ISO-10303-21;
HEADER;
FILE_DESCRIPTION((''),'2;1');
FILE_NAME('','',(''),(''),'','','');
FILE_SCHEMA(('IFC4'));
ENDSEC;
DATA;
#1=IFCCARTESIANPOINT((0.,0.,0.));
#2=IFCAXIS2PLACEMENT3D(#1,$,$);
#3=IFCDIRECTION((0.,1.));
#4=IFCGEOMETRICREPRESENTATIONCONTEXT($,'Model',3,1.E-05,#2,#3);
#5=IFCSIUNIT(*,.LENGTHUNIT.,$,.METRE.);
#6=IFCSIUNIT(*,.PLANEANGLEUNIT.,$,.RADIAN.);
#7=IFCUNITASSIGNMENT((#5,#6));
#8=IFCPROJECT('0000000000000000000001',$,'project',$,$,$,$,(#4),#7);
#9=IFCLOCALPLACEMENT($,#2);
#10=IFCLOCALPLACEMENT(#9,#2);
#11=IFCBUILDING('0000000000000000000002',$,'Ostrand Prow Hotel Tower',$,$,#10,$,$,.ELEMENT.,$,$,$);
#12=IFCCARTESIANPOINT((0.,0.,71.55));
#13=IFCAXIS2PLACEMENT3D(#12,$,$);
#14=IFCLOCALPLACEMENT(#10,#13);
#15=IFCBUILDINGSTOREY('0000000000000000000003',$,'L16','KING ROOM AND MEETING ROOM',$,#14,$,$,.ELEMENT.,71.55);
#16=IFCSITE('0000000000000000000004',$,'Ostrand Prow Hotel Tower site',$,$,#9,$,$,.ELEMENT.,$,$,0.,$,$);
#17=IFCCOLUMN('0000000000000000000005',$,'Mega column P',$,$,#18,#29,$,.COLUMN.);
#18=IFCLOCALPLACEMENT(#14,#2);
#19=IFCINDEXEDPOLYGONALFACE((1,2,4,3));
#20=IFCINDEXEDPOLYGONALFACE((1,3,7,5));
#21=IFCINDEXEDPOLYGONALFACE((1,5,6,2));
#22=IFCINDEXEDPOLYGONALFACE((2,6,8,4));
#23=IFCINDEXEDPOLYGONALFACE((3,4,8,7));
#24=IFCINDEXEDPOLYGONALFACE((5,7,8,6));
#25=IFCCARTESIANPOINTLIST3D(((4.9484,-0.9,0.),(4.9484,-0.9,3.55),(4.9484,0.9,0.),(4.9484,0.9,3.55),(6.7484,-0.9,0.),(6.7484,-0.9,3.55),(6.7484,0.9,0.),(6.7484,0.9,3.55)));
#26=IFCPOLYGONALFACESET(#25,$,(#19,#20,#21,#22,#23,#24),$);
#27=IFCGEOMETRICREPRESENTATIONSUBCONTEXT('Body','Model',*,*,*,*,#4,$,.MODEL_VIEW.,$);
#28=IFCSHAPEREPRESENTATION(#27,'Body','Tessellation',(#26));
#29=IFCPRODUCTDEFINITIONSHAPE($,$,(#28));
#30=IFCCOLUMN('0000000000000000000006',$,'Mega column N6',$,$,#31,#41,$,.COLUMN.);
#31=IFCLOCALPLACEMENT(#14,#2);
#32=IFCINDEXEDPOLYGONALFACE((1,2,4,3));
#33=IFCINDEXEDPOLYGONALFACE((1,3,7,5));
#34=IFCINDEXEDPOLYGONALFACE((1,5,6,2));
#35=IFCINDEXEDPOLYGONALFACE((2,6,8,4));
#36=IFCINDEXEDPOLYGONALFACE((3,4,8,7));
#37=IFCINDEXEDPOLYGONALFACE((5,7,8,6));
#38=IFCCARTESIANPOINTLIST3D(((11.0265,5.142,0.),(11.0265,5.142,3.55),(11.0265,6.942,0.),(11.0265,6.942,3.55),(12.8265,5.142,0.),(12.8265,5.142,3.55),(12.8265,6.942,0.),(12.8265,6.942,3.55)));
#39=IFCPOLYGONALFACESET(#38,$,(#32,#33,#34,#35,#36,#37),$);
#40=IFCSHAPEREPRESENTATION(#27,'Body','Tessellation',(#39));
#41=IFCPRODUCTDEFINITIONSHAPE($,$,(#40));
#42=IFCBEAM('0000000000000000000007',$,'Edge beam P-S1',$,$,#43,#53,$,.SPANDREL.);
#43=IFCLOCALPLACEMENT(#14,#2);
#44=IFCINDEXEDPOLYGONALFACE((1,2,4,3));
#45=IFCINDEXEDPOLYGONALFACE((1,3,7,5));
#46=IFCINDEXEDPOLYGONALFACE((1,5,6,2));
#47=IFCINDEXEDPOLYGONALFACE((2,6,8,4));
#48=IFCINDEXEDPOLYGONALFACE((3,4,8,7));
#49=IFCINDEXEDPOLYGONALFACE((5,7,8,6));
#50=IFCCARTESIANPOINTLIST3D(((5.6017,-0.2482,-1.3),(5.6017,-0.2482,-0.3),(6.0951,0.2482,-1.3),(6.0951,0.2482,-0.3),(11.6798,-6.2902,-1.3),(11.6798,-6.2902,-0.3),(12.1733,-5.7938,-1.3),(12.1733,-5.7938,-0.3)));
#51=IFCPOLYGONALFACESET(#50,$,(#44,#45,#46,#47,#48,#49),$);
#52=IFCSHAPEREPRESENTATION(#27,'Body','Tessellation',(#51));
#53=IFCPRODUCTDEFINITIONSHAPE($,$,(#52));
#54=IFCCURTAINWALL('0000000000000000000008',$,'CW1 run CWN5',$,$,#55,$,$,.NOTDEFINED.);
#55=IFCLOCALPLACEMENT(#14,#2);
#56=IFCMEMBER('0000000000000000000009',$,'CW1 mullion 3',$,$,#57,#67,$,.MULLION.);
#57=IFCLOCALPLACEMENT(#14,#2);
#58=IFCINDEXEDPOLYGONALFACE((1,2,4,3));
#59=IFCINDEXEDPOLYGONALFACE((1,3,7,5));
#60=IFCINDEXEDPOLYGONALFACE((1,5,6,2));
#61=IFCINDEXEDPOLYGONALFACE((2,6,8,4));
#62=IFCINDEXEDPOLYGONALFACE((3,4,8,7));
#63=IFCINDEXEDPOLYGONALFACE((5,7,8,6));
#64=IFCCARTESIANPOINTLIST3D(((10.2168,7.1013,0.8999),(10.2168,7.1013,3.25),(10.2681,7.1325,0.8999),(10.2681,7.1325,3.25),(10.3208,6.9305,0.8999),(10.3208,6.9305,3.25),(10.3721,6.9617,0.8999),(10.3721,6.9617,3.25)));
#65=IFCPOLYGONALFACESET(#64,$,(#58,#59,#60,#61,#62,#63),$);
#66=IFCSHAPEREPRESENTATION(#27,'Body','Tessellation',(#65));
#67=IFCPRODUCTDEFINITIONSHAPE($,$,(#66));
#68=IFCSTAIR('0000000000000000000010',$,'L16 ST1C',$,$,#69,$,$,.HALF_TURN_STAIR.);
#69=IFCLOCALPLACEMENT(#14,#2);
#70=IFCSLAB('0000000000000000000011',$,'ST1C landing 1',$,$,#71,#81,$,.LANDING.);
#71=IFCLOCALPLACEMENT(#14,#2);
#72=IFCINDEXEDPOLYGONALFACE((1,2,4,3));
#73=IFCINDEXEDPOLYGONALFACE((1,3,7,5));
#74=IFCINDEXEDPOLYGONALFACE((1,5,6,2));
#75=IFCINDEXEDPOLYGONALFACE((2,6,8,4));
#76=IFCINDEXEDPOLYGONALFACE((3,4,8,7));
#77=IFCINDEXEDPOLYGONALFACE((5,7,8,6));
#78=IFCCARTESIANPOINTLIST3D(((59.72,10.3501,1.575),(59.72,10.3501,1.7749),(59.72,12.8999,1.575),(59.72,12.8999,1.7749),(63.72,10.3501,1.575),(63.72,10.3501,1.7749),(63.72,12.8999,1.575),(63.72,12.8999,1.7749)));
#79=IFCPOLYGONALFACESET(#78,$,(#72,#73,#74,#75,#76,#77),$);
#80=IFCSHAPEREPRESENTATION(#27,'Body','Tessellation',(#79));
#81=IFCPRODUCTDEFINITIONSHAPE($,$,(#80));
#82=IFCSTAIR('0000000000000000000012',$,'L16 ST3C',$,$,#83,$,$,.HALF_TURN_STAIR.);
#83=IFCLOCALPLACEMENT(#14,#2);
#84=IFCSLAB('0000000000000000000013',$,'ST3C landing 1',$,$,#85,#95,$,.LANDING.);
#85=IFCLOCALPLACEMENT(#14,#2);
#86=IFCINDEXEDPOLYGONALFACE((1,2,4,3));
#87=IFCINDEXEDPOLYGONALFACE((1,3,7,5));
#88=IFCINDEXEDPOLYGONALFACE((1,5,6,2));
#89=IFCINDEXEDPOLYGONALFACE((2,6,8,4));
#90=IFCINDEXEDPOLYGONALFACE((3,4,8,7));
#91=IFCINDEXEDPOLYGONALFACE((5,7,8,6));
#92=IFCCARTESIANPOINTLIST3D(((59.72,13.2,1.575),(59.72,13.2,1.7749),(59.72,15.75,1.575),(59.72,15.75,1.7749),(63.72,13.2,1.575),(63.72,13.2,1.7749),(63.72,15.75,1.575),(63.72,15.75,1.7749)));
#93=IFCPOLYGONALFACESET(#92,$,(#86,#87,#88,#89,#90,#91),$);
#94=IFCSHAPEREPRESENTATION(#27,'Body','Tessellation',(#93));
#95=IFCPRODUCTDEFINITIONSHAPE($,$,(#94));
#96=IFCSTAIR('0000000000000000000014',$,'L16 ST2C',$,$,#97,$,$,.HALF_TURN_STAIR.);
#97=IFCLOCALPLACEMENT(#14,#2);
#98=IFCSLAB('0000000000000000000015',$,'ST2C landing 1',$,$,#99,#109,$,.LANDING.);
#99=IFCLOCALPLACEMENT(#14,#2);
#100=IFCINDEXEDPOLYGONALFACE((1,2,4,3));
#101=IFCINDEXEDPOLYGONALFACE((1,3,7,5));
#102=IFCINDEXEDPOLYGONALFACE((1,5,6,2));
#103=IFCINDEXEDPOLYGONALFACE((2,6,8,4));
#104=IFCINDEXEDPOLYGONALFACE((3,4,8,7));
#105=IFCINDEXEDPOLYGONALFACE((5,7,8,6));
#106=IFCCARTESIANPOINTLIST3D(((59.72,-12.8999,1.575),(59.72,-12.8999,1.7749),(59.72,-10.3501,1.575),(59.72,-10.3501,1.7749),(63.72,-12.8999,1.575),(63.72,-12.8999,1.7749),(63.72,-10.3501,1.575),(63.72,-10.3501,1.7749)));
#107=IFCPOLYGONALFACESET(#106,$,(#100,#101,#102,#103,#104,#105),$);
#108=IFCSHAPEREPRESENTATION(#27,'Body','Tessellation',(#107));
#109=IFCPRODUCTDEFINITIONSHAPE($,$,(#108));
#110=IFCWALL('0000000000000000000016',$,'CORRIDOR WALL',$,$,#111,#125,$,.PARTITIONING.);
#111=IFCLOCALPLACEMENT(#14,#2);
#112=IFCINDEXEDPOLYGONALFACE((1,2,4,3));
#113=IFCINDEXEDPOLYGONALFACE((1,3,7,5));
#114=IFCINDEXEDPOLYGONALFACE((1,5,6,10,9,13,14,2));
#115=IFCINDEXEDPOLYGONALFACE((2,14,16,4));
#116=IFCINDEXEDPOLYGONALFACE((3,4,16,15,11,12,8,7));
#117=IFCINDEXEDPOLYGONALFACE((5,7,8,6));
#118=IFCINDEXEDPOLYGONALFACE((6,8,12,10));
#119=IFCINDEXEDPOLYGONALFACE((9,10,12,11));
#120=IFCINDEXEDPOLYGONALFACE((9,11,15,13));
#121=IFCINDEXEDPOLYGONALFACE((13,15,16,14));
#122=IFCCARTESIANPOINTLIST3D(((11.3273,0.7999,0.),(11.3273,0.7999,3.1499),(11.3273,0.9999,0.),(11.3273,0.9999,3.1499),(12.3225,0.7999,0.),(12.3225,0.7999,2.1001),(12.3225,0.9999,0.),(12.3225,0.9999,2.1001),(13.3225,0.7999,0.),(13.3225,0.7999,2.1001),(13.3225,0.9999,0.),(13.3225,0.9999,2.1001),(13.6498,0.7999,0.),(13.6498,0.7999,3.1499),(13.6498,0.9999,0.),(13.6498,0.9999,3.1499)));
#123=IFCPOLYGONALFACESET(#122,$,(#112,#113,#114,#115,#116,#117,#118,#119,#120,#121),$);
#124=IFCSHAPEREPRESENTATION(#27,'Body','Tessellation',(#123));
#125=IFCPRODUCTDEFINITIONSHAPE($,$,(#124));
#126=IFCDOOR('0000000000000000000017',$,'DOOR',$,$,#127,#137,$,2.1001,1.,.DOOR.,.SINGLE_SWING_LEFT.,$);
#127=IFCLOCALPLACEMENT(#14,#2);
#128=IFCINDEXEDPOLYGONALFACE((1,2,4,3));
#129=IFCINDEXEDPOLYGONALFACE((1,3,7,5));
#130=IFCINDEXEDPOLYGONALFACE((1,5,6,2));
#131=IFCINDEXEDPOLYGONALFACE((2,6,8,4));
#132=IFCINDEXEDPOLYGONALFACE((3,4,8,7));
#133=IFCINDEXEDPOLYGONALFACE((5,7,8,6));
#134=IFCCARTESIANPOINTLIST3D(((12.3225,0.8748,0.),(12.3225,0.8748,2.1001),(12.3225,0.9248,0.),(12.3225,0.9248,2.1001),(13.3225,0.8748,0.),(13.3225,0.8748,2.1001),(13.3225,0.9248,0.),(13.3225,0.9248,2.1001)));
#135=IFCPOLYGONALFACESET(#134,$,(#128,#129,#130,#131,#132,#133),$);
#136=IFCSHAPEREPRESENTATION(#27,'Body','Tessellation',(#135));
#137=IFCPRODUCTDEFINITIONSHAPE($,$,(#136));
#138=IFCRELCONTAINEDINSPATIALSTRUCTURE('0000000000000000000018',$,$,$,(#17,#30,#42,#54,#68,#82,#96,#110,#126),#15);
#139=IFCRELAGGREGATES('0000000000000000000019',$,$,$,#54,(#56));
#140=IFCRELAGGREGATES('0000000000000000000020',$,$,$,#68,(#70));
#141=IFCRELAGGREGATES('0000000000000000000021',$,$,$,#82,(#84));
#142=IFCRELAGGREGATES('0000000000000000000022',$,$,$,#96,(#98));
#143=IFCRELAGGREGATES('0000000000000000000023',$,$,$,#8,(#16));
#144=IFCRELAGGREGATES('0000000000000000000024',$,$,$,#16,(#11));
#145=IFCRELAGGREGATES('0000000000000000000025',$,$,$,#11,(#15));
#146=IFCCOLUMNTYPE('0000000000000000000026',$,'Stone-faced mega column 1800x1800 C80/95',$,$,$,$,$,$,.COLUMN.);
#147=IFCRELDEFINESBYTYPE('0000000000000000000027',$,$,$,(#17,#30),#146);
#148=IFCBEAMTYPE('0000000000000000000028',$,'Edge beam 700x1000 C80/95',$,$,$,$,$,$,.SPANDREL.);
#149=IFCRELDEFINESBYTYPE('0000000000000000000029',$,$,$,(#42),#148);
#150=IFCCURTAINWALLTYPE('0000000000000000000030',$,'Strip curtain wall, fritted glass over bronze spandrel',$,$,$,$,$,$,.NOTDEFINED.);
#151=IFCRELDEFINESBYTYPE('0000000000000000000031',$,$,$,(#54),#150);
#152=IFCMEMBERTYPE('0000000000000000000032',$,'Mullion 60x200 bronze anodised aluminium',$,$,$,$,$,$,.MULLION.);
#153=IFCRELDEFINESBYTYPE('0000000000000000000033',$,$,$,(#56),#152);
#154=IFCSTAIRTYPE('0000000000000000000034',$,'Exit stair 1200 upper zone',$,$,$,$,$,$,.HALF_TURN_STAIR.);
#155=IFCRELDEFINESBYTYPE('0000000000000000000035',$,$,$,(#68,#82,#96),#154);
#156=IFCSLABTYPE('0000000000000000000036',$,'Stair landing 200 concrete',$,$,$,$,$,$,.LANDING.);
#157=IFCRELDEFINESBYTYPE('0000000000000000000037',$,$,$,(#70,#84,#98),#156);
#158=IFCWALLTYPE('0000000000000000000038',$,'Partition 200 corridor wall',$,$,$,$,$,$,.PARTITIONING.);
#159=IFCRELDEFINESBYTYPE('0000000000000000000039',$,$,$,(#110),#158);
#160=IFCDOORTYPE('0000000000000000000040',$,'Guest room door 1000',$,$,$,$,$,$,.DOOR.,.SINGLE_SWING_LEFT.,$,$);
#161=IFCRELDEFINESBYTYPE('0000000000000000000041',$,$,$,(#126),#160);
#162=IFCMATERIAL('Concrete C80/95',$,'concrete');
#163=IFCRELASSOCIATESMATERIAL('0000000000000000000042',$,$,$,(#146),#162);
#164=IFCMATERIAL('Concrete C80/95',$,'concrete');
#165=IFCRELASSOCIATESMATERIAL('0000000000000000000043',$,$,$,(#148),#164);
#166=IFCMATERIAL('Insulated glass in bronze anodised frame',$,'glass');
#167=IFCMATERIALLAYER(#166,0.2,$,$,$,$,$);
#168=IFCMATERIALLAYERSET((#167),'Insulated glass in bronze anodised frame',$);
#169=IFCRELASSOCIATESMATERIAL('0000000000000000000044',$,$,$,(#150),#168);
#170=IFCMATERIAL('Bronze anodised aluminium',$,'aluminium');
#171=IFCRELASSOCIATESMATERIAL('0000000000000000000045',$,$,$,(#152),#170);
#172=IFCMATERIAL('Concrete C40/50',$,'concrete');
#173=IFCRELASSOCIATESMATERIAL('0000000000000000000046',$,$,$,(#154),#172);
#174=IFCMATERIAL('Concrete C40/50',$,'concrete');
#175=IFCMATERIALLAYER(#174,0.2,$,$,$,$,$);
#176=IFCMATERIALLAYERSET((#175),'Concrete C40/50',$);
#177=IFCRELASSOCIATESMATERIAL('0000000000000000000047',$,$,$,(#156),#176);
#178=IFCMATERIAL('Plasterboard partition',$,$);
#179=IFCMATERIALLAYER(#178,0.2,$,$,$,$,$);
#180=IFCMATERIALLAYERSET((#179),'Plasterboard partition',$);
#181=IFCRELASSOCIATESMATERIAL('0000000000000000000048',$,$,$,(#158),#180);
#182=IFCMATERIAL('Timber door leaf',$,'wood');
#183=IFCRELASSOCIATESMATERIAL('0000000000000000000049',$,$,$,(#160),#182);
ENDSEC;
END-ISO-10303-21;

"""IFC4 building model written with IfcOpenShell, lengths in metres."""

from ifc_helpers import new_model, si_unit, direction, frame, frame_2d, origin, origin_2d, place, context, subcontext, project, spatial, polyline, rectangle, outline, extrude, material, layer, layer_set, material_profile, profile_set, type_object, element, fill, aggregate, save


model = new_model("IFC4")

# Units and contexts
model_context = context("Model", 3, precision=1e-05, world=origin(), true_north=direction((0.0, 1.0)))
body_context = subcontext(model_context, "Body", "Model", "MODEL_VIEW")
ifc_project = project(units=[si_unit("LENGTHUNIT", "METRE"), si_unit("PLANEANGLEUNIT", "RADIAN")], contexts=[model_context])

# Site, building, storey
site_placement = place(None, origin())
site = spatial("IfcSite", under=ifc_project, at=site_placement, Name="Ostrand Prow Hotel Tower site", CompositionType="ELEMENT", RefElevation=0.0)
building_placement = place(site_placement, origin())
building = spatial("IfcBuilding", under=site, at=building_placement, Name="Ostrand Prow Hotel Tower", CompositionType="ELEMENT")
storey_placement = place(building_placement, frame((0.0, 0.0, 71.55)))
storey = spatial("IfcBuildingStorey", under=building, at=storey_placement, Name="L16", Description="KING ROOM AND MEETING ROOM", CompositionType="ELEMENT", Elevation=71.55)

# Columns
ifc_material_1 = material(Name="Concrete C80/95", Category="concrete")
ifc_material_profile_1 = material_profile(ifc_material_1, rectangle(XDim=1.8, YDim=1.8, at=origin_2d()), Name="RC 1800x1800")
ifc_profile_set_1 = profile_set([ifc_material_profile_1], Name="Concrete C80/95")
column_type = type_object("IfcColumnType", Name="Stone-faced mega column 1800x1800 C80/95", PredefinedType="COLUMN", material=ifc_profile_set_1)
for number, where, z_axis, x_axis, name in (
    (1, (5.8484, 0.0, 0.0), (0.0, 0.0, 1.0), (1.0, 0.0, 0.0), "Mega column P"),
    (2, (11.9265, 6.042, 0.0), (0.0, 0.0, 1.0), (1.0, 0.0, 0.0), "Mega column N6"),
):
    element("IfcColumn", number, at=place(storey_placement, frame(where, z_axis=z_axis, x_axis=x_axis)), inside=storey, type_object=column_type, Name=name, PredefinedType="COLUMN", context=body_context, shape_type="SweptSolid", body=[
        extrude(rectangle(XDim=1.8, YDim=1.8, at=origin_2d()), origin(), (0.0, 0.0, 1.0), 3.55),
    ])

# Beam
ifc_material_2 = material(Name="Concrete C80/95", Category="concrete")
ifc_material_profile_2 = material_profile(ifc_material_2, rectangle(XDim=0.7, YDim=1.0, at=origin_2d()), Name="RC 700x1000")
ifc_profile_set_2 = profile_set([ifc_material_profile_2], Name="Concrete C80/95")
beam_type = type_object("IfcBeamType", Name="Edge beam 700x1000 C80/95", PredefinedType="SPANDREL", material=ifc_profile_set_2)
beam_placement = place(storey_placement, frame((5.8484, 0.0, -0.8), z_axis=(0.709212, -0.704996, 0.0), x_axis=(0.704996, 0.709212, 0.0)))
element("IfcBeam", 3, at=beam_placement, inside=storey, type_object=beam_type, Name="Edge beam P-S1", PredefinedType="SPANDREL", context=body_context, shape_type="SweptSolid", body=[
    extrude(rectangle(XDim=0.7, YDim=1.0, at=origin_2d()), origin(), (0.0, 0.0, 1.0), 8.5703),
])

# Curtain wall, member
ifc_material_3 = material(Name="Insulated glass in bronze anodised frame", Category="glass")
ifc_layer_1 = layer(ifc_material_3, 0.2)
ifc_layer_set_1 = layer_set([ifc_layer_1], Name="Insulated glass in bronze anodised frame")
curtain_wall_type = type_object("IfcCurtainWallType", Name="Strip curtain wall, fritted glass over bronze spandrel", PredefinedType="NOTDEFINED", material=ifc_layer_set_1)
curtain_wall_placement = place(storey_placement, origin())
curtain_wall = element("IfcCurtainWall", 4, at=curtain_wall_placement, inside=storey, type_object=curtain_wall_type, Name="CW1 run CWN5", PredefinedType="NOTDEFINED")
ifc_material_4 = material(Name="Bronze anodised aluminium", Category="aluminium")
ifc_material_profile_3 = material_profile(ifc_material_4, rectangle(XDim=0.2, YDim=0.0601, at=origin_2d()), Name="Mullion 60x200 bronze anodised aluminium")
ifc_profile_set_3 = profile_set([ifc_material_profile_3], Name="Bronze anodised aluminium")
member_type = type_object("IfcMemberType", Name="Mullion 60x200 bronze anodised aluminium", PredefinedType="MULLION", material=ifc_profile_set_3)
member_placement = place(storey_placement, frame((10.2944, 7.0315, 0.8999), z_axis=(0.0, 0.0, 1.0), x_axis=(0.519831, -0.854269, 0.0)))
member = element("IfcMember", 5, at=member_placement, type_object=member_type, Name="CW1 mullion 3", PredefinedType="MULLION", context=body_context, shape_type="SweptSolid", body=[
    extrude(rectangle(XDim=0.2, YDim=0.0601, at=origin_2d()), origin(), (0.0, 0.0, 1.0), 2.3501),
])
aggregate(curtain_wall, [member])

# Stairs, slabs
ifc_material_5 = material(Name="Concrete C40/50", Category="concrete")
stair_type = type_object("IfcStairType", Name="Exit stair 1200 upper zone", PredefinedType="HALF_TURN_STAIR", material=ifc_material_5)
stair_1_placement = place(storey_placement, origin())
stair_1 = element("IfcStair", 6, at=stair_1_placement, inside=storey, type_object=stair_type, Name="L16 ST1C", PredefinedType="HALF_TURN_STAIR")
ifc_material_6 = material(Name="Concrete C40/50", Category="concrete")
ifc_layer_2 = layer(ifc_material_6, 0.2)
ifc_layer_set_2 = layer_set([ifc_layer_2], Name="Concrete C40/50")
slab_type = type_object("IfcSlabType", Name="Stair landing 200 concrete", PredefinedType="LANDING", material=ifc_layer_set_2)
slab_1_placement = place(storey_placement, frame((0.0, 0.0, 1.575)))
slab_1 = element("IfcSlab", 7, at=slab_1_placement, type_object=slab_type, Name="ST1C landing 1", PredefinedType="LANDING", context=body_context, shape_type="SweptSolid", body=[
    extrude(outline(polyline([(59.72, 10.3501), (63.72, 10.3501), (63.72, 12.8999), (59.72, 12.8999), (59.72, 10.3501)])), origin(), (0.0, 0.0, 1.0), 0.2),
])
aggregate(stair_1, [slab_1])
stair_2_placement = place(storey_placement, origin())
stair_2 = element("IfcStair", 8, at=stair_2_placement, inside=storey, type_object=stair_type, Name="L16 ST3C", PredefinedType="HALF_TURN_STAIR")
slab_2_placement = place(storey_placement, frame((0.0, 0.0, 1.575)))
slab_2 = element("IfcSlab", 9, at=slab_2_placement, type_object=slab_type, Name="ST3C landing 1", PredefinedType="LANDING", context=body_context, shape_type="SweptSolid", body=[
    extrude(outline(polyline([(59.72, 13.2), (63.72, 13.2), (63.72, 15.75), (59.72, 15.75), (59.72, 13.2)])), origin(), (0.0, 0.0, 1.0), 0.2),
])
aggregate(stair_2, [slab_2])
stair_3_placement = place(storey_placement, origin())
stair_3 = element("IfcStair", 10, at=stair_3_placement, inside=storey, type_object=stair_type, Name="L16 ST2C", PredefinedType="HALF_TURN_STAIR")
slab_3_placement = place(storey_placement, frame((0.0, 0.0, 1.575)))
slab_3 = element("IfcSlab", 11, at=slab_3_placement, type_object=slab_type, Name="ST2C landing 1", PredefinedType="LANDING", context=body_context, shape_type="SweptSolid", body=[
    extrude(outline(polyline([(59.72, -12.8999), (63.72, -12.8999), (63.72, -10.3501), (59.72, -10.3501), (59.72, -12.8999)])), origin(), (0.0, 0.0, 1.0), 0.2),
])
aggregate(stair_3, [slab_3])

# Wall, opening, door
ifc_material_7 = material(Name="Plasterboard partition")
ifc_layer_3 = layer(ifc_material_7, 0.2)
ifc_layer_set_3 = layer_set([ifc_layer_3], Name="Plasterboard partition")
wall_type_1 = type_object("IfcWallType", Name="Partition 200 corridor wall", PredefinedType="PARTITIONING", material=ifc_layer_set_3)
wall_1_placement = place(storey_placement, frame((11.3274, 0.8999, 0.0), z_axis=(0.0, 0.0, 1.0), x_axis=(1.0, 0.0, 0.0)))
wall_1 = element("IfcWall", 12, at=wall_1_placement, inside=storey, type_object=wall_type_1, Name="CORRIDOR WALL", PredefinedType="PARTITIONING", context=body_context, shape_type="SweptSolid", body=[
    extrude(rectangle(XDim=2.3225, YDim=0.2, at=frame_2d((1.1611, 0.0))), origin(), (0.0, 0.0, 1.0), 3.1499),
])
opening_1_placement = place(wall_1_placement, frame((0.9951, 0.0, 0.0)))
opening_1 = element("IfcOpeningElement", 13, at=opening_1_placement, cuts=wall_1, PredefinedType="OPENING", context=body_context, shape_type="SweptSolid", body=[
    extrude(rectangle(XDim=1.0, YDim=2.1001, at=frame_2d((0.5, 1.05))), frame((0.0, 0.1099, 0.0), z_axis=(0.0, -1.0, 0.0), x_axis=(1.0, 0.0, 0.0)), (0.0, 0.0, 1.0), 0.22),
])
ifc_material_8 = material(Name="Timber door leaf", Category="wood")
door_type = type_object("IfcDoorType", Name="Guest room door 1000", OperationType="SINGLE_SWING_LEFT", PredefinedType="DOOR", material=ifc_material_8)
door_placement = place(opening_1_placement, origin())
door = element("IfcDoor", 14, at=door_placement, inside=storey, type_object=door_type, Name="DOOR", OperationType="SINGLE_SWING_LEFT", OverallHeight=2.1001, OverallWidth=1.0, PredefinedType="DOOR", context=body_context, shape_type="SweptSolid", body=[
    extrude(rectangle(XDim=1.0, YDim=2.1001, at=frame_2d((0.5, 1.05))), frame((0.0, 0.0249, 0.0), z_axis=(0.0, -1.0, 0.0), x_axis=(1.0, 0.0, 0.0)), (0.0, 0.0, 1.0), 0.05),
])
fill(opening_1, door)

save(model, "model.ifc")
